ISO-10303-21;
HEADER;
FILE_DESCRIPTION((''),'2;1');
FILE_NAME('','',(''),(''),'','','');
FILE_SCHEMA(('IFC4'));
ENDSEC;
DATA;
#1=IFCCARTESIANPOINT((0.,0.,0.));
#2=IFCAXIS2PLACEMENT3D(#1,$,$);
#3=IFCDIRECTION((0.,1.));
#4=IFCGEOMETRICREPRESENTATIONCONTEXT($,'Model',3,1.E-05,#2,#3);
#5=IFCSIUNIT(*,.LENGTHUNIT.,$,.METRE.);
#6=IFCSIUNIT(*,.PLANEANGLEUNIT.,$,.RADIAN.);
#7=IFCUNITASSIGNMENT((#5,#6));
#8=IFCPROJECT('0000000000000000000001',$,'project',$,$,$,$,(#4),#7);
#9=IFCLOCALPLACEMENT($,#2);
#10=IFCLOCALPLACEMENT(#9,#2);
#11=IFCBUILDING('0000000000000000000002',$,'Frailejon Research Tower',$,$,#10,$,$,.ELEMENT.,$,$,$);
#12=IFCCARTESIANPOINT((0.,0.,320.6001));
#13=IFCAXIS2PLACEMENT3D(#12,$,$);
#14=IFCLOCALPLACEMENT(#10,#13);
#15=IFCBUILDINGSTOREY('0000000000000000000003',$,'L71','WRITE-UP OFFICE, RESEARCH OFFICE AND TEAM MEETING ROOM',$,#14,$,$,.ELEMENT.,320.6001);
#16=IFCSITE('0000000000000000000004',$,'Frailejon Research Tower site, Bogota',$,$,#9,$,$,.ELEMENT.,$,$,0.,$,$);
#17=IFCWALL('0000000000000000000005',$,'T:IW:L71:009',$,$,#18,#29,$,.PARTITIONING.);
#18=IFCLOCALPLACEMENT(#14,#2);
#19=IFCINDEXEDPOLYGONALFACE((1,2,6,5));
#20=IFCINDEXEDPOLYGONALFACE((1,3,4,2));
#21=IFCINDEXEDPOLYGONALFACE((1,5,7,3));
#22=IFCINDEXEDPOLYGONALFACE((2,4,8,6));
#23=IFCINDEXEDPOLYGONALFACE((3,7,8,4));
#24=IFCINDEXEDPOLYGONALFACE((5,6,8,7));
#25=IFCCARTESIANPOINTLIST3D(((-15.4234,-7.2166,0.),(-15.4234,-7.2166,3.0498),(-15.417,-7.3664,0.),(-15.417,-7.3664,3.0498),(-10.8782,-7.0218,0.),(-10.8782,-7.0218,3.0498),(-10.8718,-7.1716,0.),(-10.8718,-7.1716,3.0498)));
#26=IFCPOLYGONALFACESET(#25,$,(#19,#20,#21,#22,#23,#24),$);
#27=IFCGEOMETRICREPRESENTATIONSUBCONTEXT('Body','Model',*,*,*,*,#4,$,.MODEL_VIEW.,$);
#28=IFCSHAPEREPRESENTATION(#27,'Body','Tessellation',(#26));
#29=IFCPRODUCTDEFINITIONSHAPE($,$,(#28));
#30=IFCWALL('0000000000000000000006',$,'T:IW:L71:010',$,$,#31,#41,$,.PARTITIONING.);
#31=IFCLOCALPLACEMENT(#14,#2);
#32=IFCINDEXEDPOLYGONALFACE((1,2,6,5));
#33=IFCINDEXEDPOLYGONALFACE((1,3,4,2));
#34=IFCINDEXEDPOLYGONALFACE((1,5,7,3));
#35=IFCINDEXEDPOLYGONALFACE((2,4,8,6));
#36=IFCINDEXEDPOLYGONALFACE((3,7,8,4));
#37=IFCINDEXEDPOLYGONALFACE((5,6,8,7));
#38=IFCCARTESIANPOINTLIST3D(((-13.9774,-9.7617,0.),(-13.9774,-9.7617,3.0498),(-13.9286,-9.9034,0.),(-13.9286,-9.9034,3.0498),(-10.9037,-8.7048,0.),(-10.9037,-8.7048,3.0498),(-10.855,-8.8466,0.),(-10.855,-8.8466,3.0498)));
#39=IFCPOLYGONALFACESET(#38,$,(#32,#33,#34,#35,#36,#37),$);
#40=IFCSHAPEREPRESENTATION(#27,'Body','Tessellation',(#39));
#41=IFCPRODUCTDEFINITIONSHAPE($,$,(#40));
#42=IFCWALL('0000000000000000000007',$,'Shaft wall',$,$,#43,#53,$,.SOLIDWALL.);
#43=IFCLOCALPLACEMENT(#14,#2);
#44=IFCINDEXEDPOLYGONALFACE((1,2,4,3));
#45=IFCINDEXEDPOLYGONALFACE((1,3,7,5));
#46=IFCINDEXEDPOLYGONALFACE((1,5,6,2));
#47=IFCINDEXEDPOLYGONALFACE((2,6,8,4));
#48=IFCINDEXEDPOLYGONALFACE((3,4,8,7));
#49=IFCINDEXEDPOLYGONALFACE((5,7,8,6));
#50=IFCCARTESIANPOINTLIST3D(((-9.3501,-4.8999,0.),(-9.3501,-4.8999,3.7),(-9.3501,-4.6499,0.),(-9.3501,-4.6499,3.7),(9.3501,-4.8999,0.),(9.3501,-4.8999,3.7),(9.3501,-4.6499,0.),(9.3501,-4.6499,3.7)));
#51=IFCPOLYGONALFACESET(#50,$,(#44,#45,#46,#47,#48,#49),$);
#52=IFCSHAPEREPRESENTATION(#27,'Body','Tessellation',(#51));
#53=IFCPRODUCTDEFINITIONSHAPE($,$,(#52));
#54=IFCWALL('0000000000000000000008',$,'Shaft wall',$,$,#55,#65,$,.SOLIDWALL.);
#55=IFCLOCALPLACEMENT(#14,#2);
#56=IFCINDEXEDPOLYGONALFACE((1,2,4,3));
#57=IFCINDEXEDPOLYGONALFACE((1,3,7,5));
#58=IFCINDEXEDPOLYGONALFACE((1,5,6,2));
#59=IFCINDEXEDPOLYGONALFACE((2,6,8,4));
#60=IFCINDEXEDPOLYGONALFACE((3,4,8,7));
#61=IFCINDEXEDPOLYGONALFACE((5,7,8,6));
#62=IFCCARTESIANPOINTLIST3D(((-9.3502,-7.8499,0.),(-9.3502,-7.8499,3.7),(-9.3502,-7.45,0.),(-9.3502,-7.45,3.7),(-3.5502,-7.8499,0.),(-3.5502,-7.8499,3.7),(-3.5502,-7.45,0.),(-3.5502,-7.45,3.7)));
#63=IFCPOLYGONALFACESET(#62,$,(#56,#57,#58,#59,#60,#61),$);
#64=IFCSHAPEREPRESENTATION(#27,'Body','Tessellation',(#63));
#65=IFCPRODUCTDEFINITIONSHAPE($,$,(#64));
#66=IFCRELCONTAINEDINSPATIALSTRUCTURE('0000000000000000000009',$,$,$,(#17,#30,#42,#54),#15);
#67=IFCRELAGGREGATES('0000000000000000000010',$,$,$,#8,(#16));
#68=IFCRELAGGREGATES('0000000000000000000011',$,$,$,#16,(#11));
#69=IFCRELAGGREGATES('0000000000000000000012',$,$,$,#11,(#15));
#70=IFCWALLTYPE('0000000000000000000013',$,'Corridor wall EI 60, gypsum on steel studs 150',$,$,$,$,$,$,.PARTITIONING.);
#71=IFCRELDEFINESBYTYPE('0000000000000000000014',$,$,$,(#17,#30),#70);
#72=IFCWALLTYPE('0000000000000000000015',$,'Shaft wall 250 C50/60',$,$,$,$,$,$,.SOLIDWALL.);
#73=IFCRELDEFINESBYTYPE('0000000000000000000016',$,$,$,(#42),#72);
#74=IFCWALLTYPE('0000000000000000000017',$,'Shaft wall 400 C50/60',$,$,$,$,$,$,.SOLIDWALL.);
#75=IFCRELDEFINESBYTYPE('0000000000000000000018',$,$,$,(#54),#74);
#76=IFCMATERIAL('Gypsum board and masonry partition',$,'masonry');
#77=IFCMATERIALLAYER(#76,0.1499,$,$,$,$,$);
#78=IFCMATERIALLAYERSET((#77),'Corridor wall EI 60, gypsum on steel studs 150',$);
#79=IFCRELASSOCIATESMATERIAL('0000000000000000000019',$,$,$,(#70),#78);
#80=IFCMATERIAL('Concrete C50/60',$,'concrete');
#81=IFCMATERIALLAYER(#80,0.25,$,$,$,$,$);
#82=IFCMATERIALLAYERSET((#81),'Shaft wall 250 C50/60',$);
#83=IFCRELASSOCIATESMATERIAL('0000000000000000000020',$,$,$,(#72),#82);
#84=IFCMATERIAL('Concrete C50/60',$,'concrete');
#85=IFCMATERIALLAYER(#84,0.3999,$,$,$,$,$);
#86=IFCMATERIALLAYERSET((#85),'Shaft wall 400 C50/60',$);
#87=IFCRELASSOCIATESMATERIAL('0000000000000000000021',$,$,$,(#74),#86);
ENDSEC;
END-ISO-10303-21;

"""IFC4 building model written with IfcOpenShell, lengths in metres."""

from ifc_helpers import new_model, si_unit, direction, frame, frame_2d, origin, place, context, subcontext, project, spatial, rectangle, extrude, material, layer, layer_set, type_object, element, save


model = new_model("IFC4")

# Units and contexts
model_context = context("Model", 3, precision=1e-05, world=origin(), true_north=direction((0.0, 1.0)))
body_context = subcontext(model_context, "Body", "Model", "MODEL_VIEW")
ifc_project = project(units=[si_unit("LENGTHUNIT", "METRE"), si_unit("PLANEANGLEUNIT", "RADIAN")], contexts=[model_context])

# Site, building, storey
site_placement = place(None, origin())
site = spatial("IfcSite", under=ifc_project, at=site_placement, Name="Frailejon Research Tower site, Bogota", CompositionType="ELEMENT", RefElevation=0.0)
building_placement = place(site_placement, origin())
building = spatial("IfcBuilding", under=site, at=building_placement, Name="Frailejon Research Tower", CompositionType="ELEMENT")
storey_placement = place(building_placement, frame((0.0, 0.0, 320.6001)))
storey = spatial("IfcBuildingStorey", under=building, at=storey_placement, Name="L71", Description="WRITE-UP OFFICE, RESEARCH OFFICE AND TEAM MEETING ROOM", CompositionType="ELEMENT", Elevation=320.6001)

# Shared definitions
ifc_material_1 = material(Name="Gypsum board and masonry partition", Category="masonry")
ifc_layer_1 = layer(ifc_material_1, 0.1499)
ifc_layer_set_1 = layer_set([ifc_layer_1], Name="Corridor wall EI 60, gypsum on steel studs 150")
wall_type_1 = type_object("IfcWallType", Name="Corridor wall EI 60, gypsum on steel studs 150", PredefinedType="PARTITIONING", material=ifc_layer_set_1)

# Walls
wall_1_placement = place(storey_placement, frame((-15.4202, -7.2915, 0.0), z_axis=(0.0, 0.0, 1.0), x_axis=(0.999083, 0.042825, 0.0)))
element("IfcWall", 1, at=wall_1_placement, inside=storey, type_object=wall_type_1, Name="T:IW:L71:009", PredefinedType="PARTITIONING", context=body_context, shape_type="SweptSolid", body=[
    extrude(rectangle(XDim=4.5493, YDim=0.1499, at=frame_2d((2.2747, 0.0))), origin(), (0.0, 0.0, 1.0), 3.0498),
])
wall_2_placement = place(storey_placement, frame((-13.9529, -9.8325, 0.0), z_axis=(0.0, 0.0, 1.0), x_axis=(0.945659, 0.32516, 0.0)))
element("IfcWall", 2, at=wall_2_placement, inside=storey, type_object=wall_type_1, Name="T:IW:L71:010", PredefinedType="PARTITIONING", context=body_context, shape_type="SweptSolid", body=[
    extrude(rectangle(XDim=3.2502, YDim=0.1499, at=frame_2d((1.625, 0.0))), origin(), (0.0, 0.0, 1.0), 3.0498),
])
ifc_material_2 = material(Name="Concrete C50/60", Category="concrete")
ifc_layer_2 = layer(ifc_material_2, 0.25)
ifc_layer_set_2 = layer_set([ifc_layer_2], Name="Shaft wall 250 C50/60")
wall_type_2 = type_object("IfcWallType", Name="Shaft wall 250 C50/60", PredefinedType="SOLIDWALL", material=ifc_layer_set_2)
wall_3_placement = place(storey_placement, frame((-9.3501, -4.7749, 0.0), z_axis=(0.0, 0.0, 1.0), x_axis=(1.0, 0.0, 0.0)))
element("IfcWall", 3, at=wall_3_placement, inside=storey, type_object=wall_type_2, Name="Shaft wall", PredefinedType="SOLIDWALL", context=body_context, shape_type="SweptSolid", body=[
    extrude(rectangle(XDim=18.7002, YDim=0.25, at=frame_2d((9.3501, 0.0))), origin(), (0.0, 0.0, 1.0), 3.7),
])
ifc_material_3 = material(Name="Concrete C50/60", Category="concrete")
ifc_layer_3 = layer(ifc_material_3, 0.3999)
ifc_layer_set_3 = layer_set([ifc_layer_3], Name="Shaft wall 400 C50/60")
wall_type_3 = type_object("IfcWallType", Name="Shaft wall 400 C50/60", PredefinedType="SOLIDWALL", material=ifc_layer_set_3)
wall_4_placement = place(storey_placement, frame((-9.3501, -7.6499, 0.0), z_axis=(0.0, 0.0, 1.0), x_axis=(1.0, 0.0, 0.0)))
element("IfcWall", 4, at=wall_4_placement, inside=storey, type_object=wall_type_3, Name="Shaft wall", PredefinedType="SOLIDWALL", context=body_context, shape_type="SweptSolid", body=[
    extrude(rectangle(XDim=5.8, YDim=0.3999, at=frame_2d((2.8999, 0.0))), origin(), (0.0, 0.0, 1.0), 3.7),
])

save(model, "model.ifc")
